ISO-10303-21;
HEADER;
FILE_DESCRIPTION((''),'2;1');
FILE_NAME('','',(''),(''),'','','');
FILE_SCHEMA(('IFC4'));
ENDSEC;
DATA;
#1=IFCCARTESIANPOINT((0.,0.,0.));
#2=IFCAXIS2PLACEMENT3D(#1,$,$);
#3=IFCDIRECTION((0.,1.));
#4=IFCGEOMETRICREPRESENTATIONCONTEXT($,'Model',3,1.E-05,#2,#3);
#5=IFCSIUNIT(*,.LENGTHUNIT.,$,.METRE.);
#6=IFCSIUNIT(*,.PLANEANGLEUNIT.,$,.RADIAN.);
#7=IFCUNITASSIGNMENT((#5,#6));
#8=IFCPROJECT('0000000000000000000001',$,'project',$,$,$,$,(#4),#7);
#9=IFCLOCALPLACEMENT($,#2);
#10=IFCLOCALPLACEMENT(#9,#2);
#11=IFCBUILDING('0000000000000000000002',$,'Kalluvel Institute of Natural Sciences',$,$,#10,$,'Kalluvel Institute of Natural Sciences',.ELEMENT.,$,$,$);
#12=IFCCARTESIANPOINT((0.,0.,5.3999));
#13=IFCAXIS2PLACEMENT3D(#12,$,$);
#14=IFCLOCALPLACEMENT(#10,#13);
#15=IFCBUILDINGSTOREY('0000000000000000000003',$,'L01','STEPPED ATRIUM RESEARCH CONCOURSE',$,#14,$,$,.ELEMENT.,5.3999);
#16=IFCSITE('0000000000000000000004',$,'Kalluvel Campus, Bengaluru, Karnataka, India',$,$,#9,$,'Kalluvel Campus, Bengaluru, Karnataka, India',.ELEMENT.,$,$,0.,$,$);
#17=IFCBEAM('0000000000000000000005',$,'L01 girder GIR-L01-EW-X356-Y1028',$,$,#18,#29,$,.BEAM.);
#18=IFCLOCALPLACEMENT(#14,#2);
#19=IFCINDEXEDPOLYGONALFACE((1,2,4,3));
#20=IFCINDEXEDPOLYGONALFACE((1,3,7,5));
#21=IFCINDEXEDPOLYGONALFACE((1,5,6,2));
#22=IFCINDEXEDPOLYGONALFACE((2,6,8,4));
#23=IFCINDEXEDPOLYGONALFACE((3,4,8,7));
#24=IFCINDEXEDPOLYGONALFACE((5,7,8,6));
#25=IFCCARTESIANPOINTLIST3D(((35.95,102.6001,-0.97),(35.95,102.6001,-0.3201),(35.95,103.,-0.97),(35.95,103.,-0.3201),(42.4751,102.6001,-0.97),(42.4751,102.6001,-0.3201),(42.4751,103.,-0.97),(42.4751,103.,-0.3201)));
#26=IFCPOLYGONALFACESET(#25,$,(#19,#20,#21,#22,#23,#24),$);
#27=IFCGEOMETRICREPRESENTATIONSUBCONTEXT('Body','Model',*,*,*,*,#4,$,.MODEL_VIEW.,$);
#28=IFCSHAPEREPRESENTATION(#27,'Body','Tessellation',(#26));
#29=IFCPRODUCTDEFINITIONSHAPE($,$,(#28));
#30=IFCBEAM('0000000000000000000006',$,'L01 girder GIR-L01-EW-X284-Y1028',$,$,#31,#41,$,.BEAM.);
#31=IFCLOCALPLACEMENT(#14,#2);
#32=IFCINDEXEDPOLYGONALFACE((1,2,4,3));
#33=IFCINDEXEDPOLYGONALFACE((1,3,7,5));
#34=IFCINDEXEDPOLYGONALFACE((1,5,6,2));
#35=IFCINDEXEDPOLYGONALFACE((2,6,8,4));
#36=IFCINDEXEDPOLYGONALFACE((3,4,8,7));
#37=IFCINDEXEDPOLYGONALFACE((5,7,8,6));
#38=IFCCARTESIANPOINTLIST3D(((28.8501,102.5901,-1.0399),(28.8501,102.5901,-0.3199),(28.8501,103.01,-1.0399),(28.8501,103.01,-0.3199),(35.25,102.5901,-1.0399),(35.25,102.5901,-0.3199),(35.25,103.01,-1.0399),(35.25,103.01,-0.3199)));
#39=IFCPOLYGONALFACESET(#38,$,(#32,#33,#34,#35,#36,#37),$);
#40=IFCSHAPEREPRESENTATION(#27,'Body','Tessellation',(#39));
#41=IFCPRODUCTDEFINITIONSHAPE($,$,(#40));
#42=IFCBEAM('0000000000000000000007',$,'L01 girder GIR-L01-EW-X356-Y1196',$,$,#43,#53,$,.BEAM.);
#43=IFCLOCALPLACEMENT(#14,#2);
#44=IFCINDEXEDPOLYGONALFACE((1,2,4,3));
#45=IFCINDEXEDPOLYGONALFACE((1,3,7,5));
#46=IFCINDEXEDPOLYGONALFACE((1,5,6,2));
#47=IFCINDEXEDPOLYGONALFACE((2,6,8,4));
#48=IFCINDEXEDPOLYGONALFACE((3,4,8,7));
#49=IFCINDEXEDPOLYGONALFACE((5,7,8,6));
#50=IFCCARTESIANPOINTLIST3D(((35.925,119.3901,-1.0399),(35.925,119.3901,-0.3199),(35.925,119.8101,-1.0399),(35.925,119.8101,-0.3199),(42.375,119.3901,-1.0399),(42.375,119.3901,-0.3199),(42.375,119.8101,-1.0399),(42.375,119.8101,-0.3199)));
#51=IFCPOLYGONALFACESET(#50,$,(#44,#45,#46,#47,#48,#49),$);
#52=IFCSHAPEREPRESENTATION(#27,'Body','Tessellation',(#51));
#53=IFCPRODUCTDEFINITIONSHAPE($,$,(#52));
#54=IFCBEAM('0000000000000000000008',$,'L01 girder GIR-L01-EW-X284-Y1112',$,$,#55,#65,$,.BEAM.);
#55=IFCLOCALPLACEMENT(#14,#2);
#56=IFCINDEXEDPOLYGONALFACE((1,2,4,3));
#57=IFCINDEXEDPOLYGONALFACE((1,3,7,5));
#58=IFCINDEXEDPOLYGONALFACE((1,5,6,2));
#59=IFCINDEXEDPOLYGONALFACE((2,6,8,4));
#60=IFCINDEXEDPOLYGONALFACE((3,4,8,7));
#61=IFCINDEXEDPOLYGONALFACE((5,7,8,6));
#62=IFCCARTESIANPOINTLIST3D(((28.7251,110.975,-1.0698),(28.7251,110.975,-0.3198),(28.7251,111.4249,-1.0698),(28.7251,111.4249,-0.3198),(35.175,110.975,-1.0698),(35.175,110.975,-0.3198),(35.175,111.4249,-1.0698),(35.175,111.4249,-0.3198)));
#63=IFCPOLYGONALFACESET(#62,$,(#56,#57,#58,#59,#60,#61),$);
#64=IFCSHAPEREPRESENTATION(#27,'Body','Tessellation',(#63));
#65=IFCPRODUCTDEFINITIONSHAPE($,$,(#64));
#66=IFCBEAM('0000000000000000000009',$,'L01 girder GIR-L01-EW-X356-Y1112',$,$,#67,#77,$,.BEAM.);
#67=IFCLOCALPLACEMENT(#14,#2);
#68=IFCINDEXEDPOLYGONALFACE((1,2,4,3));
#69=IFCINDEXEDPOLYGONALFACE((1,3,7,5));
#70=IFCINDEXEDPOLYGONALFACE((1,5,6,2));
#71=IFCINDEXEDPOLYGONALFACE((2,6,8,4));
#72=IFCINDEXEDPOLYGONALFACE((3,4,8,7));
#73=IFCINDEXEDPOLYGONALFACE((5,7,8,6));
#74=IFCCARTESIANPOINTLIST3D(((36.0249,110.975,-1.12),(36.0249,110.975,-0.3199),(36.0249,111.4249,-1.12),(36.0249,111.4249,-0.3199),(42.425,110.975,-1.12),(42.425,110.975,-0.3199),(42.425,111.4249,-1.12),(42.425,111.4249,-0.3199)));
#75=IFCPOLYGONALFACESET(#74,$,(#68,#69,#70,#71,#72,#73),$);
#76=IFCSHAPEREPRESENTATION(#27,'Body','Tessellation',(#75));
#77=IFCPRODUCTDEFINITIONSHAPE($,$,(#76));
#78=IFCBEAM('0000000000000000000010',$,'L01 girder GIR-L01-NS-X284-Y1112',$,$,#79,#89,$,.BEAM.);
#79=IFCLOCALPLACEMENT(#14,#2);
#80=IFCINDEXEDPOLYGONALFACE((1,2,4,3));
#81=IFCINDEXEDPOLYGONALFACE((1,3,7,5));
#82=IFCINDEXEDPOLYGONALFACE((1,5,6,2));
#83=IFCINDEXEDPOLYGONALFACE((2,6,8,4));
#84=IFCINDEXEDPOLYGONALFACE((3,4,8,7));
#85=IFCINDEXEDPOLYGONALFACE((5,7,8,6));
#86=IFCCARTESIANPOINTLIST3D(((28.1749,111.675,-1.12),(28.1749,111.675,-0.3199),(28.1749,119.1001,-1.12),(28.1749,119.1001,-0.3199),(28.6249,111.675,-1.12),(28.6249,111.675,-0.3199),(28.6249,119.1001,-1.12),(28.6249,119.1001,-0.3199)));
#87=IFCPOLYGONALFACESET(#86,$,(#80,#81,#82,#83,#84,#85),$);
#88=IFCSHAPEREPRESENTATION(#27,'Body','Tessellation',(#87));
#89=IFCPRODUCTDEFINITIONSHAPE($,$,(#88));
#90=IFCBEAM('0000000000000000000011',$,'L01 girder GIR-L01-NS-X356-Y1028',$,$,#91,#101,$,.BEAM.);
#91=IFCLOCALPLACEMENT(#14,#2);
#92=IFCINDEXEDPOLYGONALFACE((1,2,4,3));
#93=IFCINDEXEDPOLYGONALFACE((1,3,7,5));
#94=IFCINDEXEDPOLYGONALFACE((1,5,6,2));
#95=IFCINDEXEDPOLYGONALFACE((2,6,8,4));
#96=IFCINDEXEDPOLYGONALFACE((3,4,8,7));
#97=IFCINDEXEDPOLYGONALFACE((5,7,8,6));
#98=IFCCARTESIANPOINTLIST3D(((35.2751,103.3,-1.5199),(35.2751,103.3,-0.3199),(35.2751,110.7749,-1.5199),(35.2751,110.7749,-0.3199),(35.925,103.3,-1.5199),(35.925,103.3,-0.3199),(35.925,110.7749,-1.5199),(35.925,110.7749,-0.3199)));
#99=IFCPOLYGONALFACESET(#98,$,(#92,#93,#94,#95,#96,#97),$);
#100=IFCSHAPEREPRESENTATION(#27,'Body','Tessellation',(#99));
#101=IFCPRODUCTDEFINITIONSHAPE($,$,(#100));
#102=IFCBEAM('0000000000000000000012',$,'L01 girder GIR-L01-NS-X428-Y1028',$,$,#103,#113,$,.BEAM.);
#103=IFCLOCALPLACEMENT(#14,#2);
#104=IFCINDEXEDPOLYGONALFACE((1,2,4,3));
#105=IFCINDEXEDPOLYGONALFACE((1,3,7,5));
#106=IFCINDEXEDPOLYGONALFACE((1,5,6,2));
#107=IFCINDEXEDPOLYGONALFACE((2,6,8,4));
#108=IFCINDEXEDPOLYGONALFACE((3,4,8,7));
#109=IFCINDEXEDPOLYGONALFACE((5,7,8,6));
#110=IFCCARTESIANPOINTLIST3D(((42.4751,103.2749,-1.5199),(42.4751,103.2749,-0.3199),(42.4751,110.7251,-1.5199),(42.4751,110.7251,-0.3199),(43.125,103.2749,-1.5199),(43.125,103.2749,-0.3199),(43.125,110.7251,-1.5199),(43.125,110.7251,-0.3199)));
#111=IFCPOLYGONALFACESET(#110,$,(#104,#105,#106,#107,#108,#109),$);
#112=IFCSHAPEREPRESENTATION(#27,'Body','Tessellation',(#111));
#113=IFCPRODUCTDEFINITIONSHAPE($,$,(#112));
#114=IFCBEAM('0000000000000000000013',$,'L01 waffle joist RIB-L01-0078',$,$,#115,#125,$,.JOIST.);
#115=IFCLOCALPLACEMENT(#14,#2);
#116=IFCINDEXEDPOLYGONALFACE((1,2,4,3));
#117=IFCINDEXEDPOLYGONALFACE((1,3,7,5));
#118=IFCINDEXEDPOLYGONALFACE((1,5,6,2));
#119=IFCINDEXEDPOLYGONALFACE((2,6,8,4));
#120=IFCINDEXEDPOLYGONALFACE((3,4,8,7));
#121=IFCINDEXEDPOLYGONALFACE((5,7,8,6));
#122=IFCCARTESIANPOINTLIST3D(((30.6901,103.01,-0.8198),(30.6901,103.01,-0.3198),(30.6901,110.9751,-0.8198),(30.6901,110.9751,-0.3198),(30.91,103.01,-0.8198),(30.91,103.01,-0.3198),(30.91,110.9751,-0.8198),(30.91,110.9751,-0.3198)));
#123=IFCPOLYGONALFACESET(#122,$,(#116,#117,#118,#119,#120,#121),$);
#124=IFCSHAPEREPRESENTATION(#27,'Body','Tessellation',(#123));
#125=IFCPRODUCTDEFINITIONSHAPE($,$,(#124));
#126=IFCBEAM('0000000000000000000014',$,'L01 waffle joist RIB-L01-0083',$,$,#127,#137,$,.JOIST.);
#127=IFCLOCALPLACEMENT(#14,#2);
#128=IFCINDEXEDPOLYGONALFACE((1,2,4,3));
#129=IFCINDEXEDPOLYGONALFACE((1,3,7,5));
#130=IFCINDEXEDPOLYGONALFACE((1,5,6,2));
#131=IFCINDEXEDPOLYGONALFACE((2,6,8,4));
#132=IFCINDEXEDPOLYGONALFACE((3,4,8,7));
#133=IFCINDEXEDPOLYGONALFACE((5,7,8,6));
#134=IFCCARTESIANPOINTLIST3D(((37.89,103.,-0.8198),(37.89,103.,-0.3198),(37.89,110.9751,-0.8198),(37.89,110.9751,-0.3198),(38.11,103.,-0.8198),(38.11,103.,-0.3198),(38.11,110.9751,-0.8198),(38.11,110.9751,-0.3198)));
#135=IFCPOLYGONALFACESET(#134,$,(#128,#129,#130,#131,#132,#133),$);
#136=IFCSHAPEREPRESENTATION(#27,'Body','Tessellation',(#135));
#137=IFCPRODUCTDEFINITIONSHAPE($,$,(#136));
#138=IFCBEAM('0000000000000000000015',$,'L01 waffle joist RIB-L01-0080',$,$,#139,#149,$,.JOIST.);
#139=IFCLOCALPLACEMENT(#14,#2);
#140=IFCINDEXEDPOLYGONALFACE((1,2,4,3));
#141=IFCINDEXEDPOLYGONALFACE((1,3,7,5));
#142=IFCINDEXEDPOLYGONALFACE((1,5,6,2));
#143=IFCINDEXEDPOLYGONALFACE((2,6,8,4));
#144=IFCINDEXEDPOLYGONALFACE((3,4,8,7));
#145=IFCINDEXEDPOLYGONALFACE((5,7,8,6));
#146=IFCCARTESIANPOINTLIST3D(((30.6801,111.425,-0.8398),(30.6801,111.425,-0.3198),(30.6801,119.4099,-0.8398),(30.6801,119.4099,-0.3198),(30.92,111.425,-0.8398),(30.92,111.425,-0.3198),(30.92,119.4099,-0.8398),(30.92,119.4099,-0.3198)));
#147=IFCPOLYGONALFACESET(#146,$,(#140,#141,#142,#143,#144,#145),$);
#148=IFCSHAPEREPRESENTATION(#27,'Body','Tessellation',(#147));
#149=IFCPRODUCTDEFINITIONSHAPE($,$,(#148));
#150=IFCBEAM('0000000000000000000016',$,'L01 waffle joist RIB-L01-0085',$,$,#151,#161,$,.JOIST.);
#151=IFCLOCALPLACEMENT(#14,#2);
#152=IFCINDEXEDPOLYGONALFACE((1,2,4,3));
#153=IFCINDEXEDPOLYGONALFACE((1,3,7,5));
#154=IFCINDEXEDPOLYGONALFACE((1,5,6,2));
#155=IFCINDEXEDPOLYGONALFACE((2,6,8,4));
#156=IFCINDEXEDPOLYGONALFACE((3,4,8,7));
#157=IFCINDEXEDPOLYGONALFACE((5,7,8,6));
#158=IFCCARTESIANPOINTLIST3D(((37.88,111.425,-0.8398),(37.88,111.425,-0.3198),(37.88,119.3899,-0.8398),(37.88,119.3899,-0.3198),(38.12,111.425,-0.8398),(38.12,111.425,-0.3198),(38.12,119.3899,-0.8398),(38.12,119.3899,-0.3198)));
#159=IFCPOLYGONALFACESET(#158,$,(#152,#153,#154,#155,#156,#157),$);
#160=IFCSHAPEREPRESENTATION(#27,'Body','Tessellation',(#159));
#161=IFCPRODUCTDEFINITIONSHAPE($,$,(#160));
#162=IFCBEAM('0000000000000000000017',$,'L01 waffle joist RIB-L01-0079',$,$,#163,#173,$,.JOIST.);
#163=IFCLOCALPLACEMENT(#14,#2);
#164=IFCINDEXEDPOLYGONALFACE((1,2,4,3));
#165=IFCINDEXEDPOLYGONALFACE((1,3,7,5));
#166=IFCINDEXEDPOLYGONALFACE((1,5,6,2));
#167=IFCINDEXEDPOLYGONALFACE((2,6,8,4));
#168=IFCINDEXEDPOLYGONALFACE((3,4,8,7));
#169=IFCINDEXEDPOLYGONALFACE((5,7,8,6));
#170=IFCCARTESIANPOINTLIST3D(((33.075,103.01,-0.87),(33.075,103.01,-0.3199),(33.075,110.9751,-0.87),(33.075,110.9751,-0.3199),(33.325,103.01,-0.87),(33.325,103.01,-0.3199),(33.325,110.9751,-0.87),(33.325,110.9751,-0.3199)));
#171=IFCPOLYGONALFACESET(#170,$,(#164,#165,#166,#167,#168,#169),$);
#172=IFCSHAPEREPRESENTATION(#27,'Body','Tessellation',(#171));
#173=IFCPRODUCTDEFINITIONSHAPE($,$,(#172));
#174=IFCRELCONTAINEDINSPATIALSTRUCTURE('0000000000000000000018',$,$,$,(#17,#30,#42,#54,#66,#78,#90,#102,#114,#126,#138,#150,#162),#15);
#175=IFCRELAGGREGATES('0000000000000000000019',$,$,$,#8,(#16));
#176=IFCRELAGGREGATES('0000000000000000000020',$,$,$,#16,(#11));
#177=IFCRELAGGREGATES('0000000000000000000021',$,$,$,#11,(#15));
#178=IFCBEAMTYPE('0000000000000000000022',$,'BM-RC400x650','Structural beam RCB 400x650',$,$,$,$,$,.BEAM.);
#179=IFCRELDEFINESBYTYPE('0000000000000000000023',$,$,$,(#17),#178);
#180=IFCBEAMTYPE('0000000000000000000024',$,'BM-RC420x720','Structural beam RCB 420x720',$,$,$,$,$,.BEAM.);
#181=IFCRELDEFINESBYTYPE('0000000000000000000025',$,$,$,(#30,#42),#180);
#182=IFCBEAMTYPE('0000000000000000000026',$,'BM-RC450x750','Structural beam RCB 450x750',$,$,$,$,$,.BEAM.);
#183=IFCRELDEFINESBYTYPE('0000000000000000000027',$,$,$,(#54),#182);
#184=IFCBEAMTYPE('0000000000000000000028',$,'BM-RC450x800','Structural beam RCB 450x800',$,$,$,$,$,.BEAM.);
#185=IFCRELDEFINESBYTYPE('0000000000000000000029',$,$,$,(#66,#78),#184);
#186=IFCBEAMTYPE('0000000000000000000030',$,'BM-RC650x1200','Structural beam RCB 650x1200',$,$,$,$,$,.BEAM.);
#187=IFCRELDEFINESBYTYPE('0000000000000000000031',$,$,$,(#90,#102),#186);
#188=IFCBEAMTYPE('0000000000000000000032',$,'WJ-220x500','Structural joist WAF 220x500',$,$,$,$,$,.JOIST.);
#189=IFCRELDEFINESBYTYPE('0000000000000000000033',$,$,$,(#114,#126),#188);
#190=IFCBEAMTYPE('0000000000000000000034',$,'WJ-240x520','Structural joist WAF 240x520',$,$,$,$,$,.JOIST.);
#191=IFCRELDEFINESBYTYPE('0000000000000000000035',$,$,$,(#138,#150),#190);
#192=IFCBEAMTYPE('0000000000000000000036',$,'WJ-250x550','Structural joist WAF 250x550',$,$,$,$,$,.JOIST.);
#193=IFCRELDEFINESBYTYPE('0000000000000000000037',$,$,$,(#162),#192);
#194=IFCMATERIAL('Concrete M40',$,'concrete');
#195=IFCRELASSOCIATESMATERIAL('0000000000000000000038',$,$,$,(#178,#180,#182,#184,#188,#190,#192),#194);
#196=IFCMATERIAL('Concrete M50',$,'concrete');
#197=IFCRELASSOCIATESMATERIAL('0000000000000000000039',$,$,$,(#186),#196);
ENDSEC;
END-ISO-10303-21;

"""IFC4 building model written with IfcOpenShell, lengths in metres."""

from ifc_helpers import new_model, si_unit, direction, frame, origin, origin_2d, place, context, subcontext, project, spatial, rectangle, extrude, material, material_profile, profile_set, type_object, element, save


model = new_model("IFC4")

# Units and contexts
model_context = context("Model", 3, precision=1e-05, world=origin(), true_north=direction((0.0, 1.0)))
body_context = subcontext(model_context, "Body", "Model", "MODEL_VIEW")
ifc_project = project(units=[si_unit("LENGTHUNIT", "METRE"), si_unit("PLANEANGLEUNIT", "RADIAN")], contexts=[model_context])

# Site, building, storey
site_placement = place(None, origin())
site = spatial("IfcSite", under=ifc_project, at=site_placement, Name="Kalluvel Campus, Bengaluru, Karnataka, India", LongName="Kalluvel Campus, Bengaluru, Karnataka, India", CompositionType="ELEMENT", RefElevation=0.0)
building_placement = place(site_placement, origin())
building = spatial("IfcBuilding", under=site, at=building_placement, Name="Kalluvel Institute of Natural Sciences", LongName="Kalluvel Institute of Natural Sciences", CompositionType="ELEMENT")
storey_placement = place(building_placement, frame((0.0, 0.0, 5.3999)))
storey = spatial("IfcBuildingStorey", under=building, at=storey_placement, Name="L01", Description="STEPPED ATRIUM RESEARCH CONCOURSE", CompositionType="ELEMENT", Elevation=5.3999)

# Shared definitions
ifc_material_1 = material(Name="Concrete M50", Category="concrete")

# Beams
ifc_material_2 = material(Name="Concrete M40", Category="concrete")
ifc_material_profile_1 = material_profile(ifc_material_2, rectangle(XDim=0.3999, YDim=0.6499, at=origin_2d()), Name="RCB 400x650")
ifc_profile_set_1 = profile_set([ifc_material_profile_1], Name="Concrete M40")
beam_type_1 = type_object("IfcBeamType", Name="BM-RC400x650", Description="Structural beam RCB 400x650", PredefinedType="BEAM", material=ifc_profile_set_1)
beam_1_placement = place(storey_placement, frame((35.95, 102.8, -0.645), z_axis=(1.0, 0.0, 0.0), x_axis=(0.0, 1.0, 0.0)))
element("IfcBeam", 1, at=beam_1_placement, inside=storey, type_object=beam_type_1, Name="L01 girder GIR-L01-EW-X356-Y1028", PredefinedType="BEAM", context=body_context, shape_type="SweptSolid", body=[
    extrude(rectangle(XDim=0.3999, YDim=0.6499, at=origin_2d()), origin(), (0.0, 0.0, 1.0), 6.5251),
])
ifc_material_profile_2 = material_profile(ifc_material_2, rectangle(XDim=0.4199, YDim=0.72, at=origin_2d()), Name="RCB 420x720")
ifc_profile_set_2 = profile_set([ifc_material_profile_2], Name="Concrete M40")
beam_type_2 = type_object("IfcBeamType", Name="BM-RC420x720", Description="Structural beam RCB 420x720", PredefinedType="BEAM", material=ifc_profile_set_2)
beam_2_placement = place(storey_placement, frame((28.8501, 102.8, -0.6799), z_axis=(1.0, 0.0, 0.0), x_axis=(0.0, 1.0, 0.0)))
element("IfcBeam", 2, at=beam_2_placement, inside=storey, type_object=beam_type_2, Name="L01 girder GIR-L01-EW-X284-Y1028", PredefinedType="BEAM", context=body_context, shape_type="SweptSolid", body=[
    extrude(rectangle(XDim=0.4199, YDim=0.72, at=origin_2d()), origin(), (0.0, 0.0, 1.0), 6.3999),
])
beam_3_placement = place(storey_placement, frame((35.925, 119.6001, -0.6799), z_axis=(1.0, 0.0, 0.0), x_axis=(0.0, 1.0, 0.0)))
element("IfcBeam", 3, at=beam_3_placement, inside=storey, type_object=beam_type_2, Name="L01 girder GIR-L01-EW-X356-Y1196", PredefinedType="BEAM", context=body_context, shape_type="SweptSolid", body=[
    extrude(rectangle(XDim=0.4199, YDim=0.72, at=origin_2d()), origin(), (0.0, 0.0, 1.0), 6.45),
])
ifc_material_profile_3 = material_profile(ifc_material_2, rectangle(XDim=0.45, YDim=0.75, at=origin_2d()), Name="RCB 450x750")
ifc_profile_set_3 = profile_set([ifc_material_profile_3], Name="Concrete M40")
beam_type_3 = type_object("IfcBeamType", Name="BM-RC450x750", Description="Structural beam RCB 450x750", PredefinedType="BEAM", material=ifc_profile_set_3)
beam_4_placement = place(storey_placement, frame((28.7251, 111.2, -0.6948), z_axis=(1.0, 0.0, 0.0), x_axis=(0.0, 1.0, 0.0)))
element("IfcBeam", 4, at=beam_4_placement, inside=storey, type_object=beam_type_3, Name="L01 girder GIR-L01-EW-X284-Y1112", PredefinedType="BEAM", context=body_context, shape_type="SweptSolid", body=[
    extrude(rectangle(XDim=0.45, YDim=0.75, at=origin_2d()), origin(), (0.0, 0.0, 1.0), 6.45),
])
ifc_material_profile_4 = material_profile(ifc_material_2, rectangle(XDim=0.45, YDim=0.8, at=origin_2d()), Name="RCB 450x800")
ifc_profile_set_4 = profile_set([ifc_material_profile_4], Name="Concrete M40")
beam_type_4 = type_object("IfcBeamType", Name="BM-RC450x800", Description="Structural beam RCB 450x800", PredefinedType="BEAM", material=ifc_profile_set_4)
beam_5_placement = place(storey_placement, frame((36.0249, 111.2, -0.72), z_axis=(1.0, 0.0, 0.0), x_axis=(0.0, 1.0, 0.0)))
element("IfcBeam", 5, at=beam_5_placement, inside=storey, type_object=beam_type_4, Name="L01 girder GIR-L01-EW-X356-Y1112", PredefinedType="BEAM", context=body_context, shape_type="SweptSolid", body=[
    extrude(rectangle(XDim=0.45, YDim=0.8, at=origin_2d()), origin(), (0.0, 0.0, 1.0), 6.4001),
])
beam_6_placement = place(storey_placement, frame((28.3999, 111.675, -0.72), z_axis=(0.0, 1.0, 0.0), x_axis=(-1.0, 0.0, 0.0)))
element("IfcBeam", 6, at=beam_6_placement, inside=storey, type_object=beam_type_4, Name="L01 girder GIR-L01-NS-X284-Y1112", PredefinedType="BEAM", context=body_context, shape_type="SweptSolid", body=[
    extrude(rectangle(XDim=0.45, YDim=0.8, at=origin_2d()), origin(), (0.0, 0.0, 1.0), 7.425),
])
ifc_material_profile_5 = material_profile(ifc_material_1, rectangle(XDim=0.6499, YDim=1.2, at=origin_2d()), Name="RCB 650x1200")
ifc_profile_set_5 = profile_set([ifc_material_profile_5], Name="Concrete M50")
beam_type_5 = type_object("IfcBeamType", Name="BM-RC650x1200", Description="Structural beam RCB 650x1200", PredefinedType="BEAM", material=ifc_profile_set_5)
beam_7_placement = place(storey_placement, frame((35.6001, 103.3, -0.9199), z_axis=(0.0, 1.0, 0.0), x_axis=(-1.0, 0.0, 0.0)))
element("IfcBeam", 7, at=beam_7_placement, inside=storey, type_object=beam_type_5, Name="L01 girder GIR-L01-NS-X356-Y1028", PredefinedType="BEAM", context=body_context, shape_type="SweptSolid", body=[
    extrude(rectangle(XDim=0.6499, YDim=1.2, at=origin_2d()), origin(), (0.0, 0.0, 1.0), 7.4749),
])
beam_8_placement = place(storey_placement, frame((42.8, 103.2749, -0.9199), z_axis=(0.0, 1.0, 0.0), x_axis=(-1.0, 0.0, 0.0)))
element("IfcBeam", 8, at=beam_8_placement, inside=storey, type_object=beam_type_5, Name="L01 girder GIR-L01-NS-X428-Y1028", PredefinedType="BEAM", context=body_context, shape_type="SweptSolid", body=[
    extrude(rectangle(XDim=0.6499, YDim=1.2, at=origin_2d()), origin(), (0.0, 0.0, 1.0), 7.4502),
])
ifc_material_profile_6 = material_profile(ifc_material_2, rectangle(XDim=0.22, YDim=0.5, at=origin_2d()), Name="WAF 220x500")
ifc_profile_set_6 = profile_set([ifc_material_profile_6], Name="Concrete M40")
beam_type_6 = type_object("IfcBeamType", Name="WJ-220x500", Description="Structural joist WAF 220x500", PredefinedType="JOIST", material=ifc_profile_set_6)
beam_9_placement = place(storey_placement, frame((30.8, 103.01, -0.5698), z_axis=(0.0, 1.0, 0.0), x_axis=(-1.0, 0.0, 0.0)))
element("IfcBeam", 9, at=beam_9_placement, inside=storey, type_object=beam_type_6, Name="L01 waffle joist RIB-L01-0078", PredefinedType="JOIST", context=body_context, shape_type="SweptSolid", body=[
    extrude(rectangle(XDim=0.22, YDim=0.5, at=origin_2d()), origin(), (0.0, 0.0, 1.0), 7.9651),
])
beam_10_placement = place(storey_placement, frame((38.0, 103.0, -0.5698), z_axis=(0.0, 1.0, 0.0), x_axis=(-1.0, 0.0, 0.0)))
element("IfcBeam", 10, at=beam_10_placement, inside=storey, type_object=beam_type_6, Name="L01 waffle joist RIB-L01-0083", PredefinedType="JOIST", context=body_context, shape_type="SweptSolid", body=[
    extrude(rectangle(XDim=0.22, YDim=0.5, at=origin_2d()), origin(), (0.0, 0.0, 1.0), 7.9751),
])
ifc_material_profile_7 = material_profile(ifc_material_2, rectangle(XDim=0.24, YDim=0.52, at=origin_2d()), Name="WAF 240x520")
ifc_profile_set_7 = profile_set([ifc_material_profile_7], Name="Concrete M40")
beam_type_7 = type_object("IfcBeamType", Name="WJ-240x520", Description="Structural joist WAF 240x520", PredefinedType="JOIST", material=ifc_profile_set_7)
beam_11_placement = place(storey_placement, frame((30.8, 111.425, -0.5798), z_axis=(0.0, 1.0, 0.0), x_axis=(-1.0, 0.0, 0.0)))
element("IfcBeam", 11, at=beam_11_placement, inside=storey, type_object=beam_type_7, Name="L01 waffle joist RIB-L01-0080", PredefinedType="JOIST", context=body_context, shape_type="SweptSolid", body=[
    extrude(rectangle(XDim=0.24, YDim=0.52, at=origin_2d()), origin(), (0.0, 0.0, 1.0), 7.9849),
])
beam_12_placement = place(storey_placement, frame((38.0, 111.425, -0.5798), z_axis=(0.0, 1.0, 0.0), x_axis=(-1.0, 0.0, 0.0)))
element("IfcBeam", 12, at=beam_12_placement, inside=storey, type_object=beam_type_7, Name="L01 waffle joist RIB-L01-0085", PredefinedType="JOIST", context=body_context, shape_type="SweptSolid", body=[
    extrude(rectangle(XDim=0.24, YDim=0.52, at=origin_2d()), origin(), (0.0, 0.0, 1.0), 7.9648),
])
ifc_material_profile_8 = material_profile(ifc_material_2, rectangle(XDim=0.25, YDim=0.55, at=origin_2d()), Name="WAF 250x550")
ifc_profile_set_8 = profile_set([ifc_material_profile_8], Name="Concrete M40")
beam_type_8 = type_object("IfcBeamType", Name="WJ-250x550", Description="Structural joist WAF 250x550", PredefinedType="JOIST", material=ifc_profile_set_8)
beam_13_placement = place(storey_placement, frame((33.2, 103.01, -0.595), z_axis=(0.0, 1.0, 0.0), x_axis=(-1.0, 0.0, 0.0)))
element("IfcBeam", 13, at=beam_13_placement, inside=storey, type_object=beam_type_8, Name="L01 waffle joist RIB-L01-0079", PredefinedType="JOIST", context=body_context, shape_type="SweptSolid", body=[
    extrude(rectangle(XDim=0.25, YDim=0.55, at=origin_2d()), origin(), (0.0, 0.0, 1.0), 7.9651),
])

save(model, "model.ifc")
